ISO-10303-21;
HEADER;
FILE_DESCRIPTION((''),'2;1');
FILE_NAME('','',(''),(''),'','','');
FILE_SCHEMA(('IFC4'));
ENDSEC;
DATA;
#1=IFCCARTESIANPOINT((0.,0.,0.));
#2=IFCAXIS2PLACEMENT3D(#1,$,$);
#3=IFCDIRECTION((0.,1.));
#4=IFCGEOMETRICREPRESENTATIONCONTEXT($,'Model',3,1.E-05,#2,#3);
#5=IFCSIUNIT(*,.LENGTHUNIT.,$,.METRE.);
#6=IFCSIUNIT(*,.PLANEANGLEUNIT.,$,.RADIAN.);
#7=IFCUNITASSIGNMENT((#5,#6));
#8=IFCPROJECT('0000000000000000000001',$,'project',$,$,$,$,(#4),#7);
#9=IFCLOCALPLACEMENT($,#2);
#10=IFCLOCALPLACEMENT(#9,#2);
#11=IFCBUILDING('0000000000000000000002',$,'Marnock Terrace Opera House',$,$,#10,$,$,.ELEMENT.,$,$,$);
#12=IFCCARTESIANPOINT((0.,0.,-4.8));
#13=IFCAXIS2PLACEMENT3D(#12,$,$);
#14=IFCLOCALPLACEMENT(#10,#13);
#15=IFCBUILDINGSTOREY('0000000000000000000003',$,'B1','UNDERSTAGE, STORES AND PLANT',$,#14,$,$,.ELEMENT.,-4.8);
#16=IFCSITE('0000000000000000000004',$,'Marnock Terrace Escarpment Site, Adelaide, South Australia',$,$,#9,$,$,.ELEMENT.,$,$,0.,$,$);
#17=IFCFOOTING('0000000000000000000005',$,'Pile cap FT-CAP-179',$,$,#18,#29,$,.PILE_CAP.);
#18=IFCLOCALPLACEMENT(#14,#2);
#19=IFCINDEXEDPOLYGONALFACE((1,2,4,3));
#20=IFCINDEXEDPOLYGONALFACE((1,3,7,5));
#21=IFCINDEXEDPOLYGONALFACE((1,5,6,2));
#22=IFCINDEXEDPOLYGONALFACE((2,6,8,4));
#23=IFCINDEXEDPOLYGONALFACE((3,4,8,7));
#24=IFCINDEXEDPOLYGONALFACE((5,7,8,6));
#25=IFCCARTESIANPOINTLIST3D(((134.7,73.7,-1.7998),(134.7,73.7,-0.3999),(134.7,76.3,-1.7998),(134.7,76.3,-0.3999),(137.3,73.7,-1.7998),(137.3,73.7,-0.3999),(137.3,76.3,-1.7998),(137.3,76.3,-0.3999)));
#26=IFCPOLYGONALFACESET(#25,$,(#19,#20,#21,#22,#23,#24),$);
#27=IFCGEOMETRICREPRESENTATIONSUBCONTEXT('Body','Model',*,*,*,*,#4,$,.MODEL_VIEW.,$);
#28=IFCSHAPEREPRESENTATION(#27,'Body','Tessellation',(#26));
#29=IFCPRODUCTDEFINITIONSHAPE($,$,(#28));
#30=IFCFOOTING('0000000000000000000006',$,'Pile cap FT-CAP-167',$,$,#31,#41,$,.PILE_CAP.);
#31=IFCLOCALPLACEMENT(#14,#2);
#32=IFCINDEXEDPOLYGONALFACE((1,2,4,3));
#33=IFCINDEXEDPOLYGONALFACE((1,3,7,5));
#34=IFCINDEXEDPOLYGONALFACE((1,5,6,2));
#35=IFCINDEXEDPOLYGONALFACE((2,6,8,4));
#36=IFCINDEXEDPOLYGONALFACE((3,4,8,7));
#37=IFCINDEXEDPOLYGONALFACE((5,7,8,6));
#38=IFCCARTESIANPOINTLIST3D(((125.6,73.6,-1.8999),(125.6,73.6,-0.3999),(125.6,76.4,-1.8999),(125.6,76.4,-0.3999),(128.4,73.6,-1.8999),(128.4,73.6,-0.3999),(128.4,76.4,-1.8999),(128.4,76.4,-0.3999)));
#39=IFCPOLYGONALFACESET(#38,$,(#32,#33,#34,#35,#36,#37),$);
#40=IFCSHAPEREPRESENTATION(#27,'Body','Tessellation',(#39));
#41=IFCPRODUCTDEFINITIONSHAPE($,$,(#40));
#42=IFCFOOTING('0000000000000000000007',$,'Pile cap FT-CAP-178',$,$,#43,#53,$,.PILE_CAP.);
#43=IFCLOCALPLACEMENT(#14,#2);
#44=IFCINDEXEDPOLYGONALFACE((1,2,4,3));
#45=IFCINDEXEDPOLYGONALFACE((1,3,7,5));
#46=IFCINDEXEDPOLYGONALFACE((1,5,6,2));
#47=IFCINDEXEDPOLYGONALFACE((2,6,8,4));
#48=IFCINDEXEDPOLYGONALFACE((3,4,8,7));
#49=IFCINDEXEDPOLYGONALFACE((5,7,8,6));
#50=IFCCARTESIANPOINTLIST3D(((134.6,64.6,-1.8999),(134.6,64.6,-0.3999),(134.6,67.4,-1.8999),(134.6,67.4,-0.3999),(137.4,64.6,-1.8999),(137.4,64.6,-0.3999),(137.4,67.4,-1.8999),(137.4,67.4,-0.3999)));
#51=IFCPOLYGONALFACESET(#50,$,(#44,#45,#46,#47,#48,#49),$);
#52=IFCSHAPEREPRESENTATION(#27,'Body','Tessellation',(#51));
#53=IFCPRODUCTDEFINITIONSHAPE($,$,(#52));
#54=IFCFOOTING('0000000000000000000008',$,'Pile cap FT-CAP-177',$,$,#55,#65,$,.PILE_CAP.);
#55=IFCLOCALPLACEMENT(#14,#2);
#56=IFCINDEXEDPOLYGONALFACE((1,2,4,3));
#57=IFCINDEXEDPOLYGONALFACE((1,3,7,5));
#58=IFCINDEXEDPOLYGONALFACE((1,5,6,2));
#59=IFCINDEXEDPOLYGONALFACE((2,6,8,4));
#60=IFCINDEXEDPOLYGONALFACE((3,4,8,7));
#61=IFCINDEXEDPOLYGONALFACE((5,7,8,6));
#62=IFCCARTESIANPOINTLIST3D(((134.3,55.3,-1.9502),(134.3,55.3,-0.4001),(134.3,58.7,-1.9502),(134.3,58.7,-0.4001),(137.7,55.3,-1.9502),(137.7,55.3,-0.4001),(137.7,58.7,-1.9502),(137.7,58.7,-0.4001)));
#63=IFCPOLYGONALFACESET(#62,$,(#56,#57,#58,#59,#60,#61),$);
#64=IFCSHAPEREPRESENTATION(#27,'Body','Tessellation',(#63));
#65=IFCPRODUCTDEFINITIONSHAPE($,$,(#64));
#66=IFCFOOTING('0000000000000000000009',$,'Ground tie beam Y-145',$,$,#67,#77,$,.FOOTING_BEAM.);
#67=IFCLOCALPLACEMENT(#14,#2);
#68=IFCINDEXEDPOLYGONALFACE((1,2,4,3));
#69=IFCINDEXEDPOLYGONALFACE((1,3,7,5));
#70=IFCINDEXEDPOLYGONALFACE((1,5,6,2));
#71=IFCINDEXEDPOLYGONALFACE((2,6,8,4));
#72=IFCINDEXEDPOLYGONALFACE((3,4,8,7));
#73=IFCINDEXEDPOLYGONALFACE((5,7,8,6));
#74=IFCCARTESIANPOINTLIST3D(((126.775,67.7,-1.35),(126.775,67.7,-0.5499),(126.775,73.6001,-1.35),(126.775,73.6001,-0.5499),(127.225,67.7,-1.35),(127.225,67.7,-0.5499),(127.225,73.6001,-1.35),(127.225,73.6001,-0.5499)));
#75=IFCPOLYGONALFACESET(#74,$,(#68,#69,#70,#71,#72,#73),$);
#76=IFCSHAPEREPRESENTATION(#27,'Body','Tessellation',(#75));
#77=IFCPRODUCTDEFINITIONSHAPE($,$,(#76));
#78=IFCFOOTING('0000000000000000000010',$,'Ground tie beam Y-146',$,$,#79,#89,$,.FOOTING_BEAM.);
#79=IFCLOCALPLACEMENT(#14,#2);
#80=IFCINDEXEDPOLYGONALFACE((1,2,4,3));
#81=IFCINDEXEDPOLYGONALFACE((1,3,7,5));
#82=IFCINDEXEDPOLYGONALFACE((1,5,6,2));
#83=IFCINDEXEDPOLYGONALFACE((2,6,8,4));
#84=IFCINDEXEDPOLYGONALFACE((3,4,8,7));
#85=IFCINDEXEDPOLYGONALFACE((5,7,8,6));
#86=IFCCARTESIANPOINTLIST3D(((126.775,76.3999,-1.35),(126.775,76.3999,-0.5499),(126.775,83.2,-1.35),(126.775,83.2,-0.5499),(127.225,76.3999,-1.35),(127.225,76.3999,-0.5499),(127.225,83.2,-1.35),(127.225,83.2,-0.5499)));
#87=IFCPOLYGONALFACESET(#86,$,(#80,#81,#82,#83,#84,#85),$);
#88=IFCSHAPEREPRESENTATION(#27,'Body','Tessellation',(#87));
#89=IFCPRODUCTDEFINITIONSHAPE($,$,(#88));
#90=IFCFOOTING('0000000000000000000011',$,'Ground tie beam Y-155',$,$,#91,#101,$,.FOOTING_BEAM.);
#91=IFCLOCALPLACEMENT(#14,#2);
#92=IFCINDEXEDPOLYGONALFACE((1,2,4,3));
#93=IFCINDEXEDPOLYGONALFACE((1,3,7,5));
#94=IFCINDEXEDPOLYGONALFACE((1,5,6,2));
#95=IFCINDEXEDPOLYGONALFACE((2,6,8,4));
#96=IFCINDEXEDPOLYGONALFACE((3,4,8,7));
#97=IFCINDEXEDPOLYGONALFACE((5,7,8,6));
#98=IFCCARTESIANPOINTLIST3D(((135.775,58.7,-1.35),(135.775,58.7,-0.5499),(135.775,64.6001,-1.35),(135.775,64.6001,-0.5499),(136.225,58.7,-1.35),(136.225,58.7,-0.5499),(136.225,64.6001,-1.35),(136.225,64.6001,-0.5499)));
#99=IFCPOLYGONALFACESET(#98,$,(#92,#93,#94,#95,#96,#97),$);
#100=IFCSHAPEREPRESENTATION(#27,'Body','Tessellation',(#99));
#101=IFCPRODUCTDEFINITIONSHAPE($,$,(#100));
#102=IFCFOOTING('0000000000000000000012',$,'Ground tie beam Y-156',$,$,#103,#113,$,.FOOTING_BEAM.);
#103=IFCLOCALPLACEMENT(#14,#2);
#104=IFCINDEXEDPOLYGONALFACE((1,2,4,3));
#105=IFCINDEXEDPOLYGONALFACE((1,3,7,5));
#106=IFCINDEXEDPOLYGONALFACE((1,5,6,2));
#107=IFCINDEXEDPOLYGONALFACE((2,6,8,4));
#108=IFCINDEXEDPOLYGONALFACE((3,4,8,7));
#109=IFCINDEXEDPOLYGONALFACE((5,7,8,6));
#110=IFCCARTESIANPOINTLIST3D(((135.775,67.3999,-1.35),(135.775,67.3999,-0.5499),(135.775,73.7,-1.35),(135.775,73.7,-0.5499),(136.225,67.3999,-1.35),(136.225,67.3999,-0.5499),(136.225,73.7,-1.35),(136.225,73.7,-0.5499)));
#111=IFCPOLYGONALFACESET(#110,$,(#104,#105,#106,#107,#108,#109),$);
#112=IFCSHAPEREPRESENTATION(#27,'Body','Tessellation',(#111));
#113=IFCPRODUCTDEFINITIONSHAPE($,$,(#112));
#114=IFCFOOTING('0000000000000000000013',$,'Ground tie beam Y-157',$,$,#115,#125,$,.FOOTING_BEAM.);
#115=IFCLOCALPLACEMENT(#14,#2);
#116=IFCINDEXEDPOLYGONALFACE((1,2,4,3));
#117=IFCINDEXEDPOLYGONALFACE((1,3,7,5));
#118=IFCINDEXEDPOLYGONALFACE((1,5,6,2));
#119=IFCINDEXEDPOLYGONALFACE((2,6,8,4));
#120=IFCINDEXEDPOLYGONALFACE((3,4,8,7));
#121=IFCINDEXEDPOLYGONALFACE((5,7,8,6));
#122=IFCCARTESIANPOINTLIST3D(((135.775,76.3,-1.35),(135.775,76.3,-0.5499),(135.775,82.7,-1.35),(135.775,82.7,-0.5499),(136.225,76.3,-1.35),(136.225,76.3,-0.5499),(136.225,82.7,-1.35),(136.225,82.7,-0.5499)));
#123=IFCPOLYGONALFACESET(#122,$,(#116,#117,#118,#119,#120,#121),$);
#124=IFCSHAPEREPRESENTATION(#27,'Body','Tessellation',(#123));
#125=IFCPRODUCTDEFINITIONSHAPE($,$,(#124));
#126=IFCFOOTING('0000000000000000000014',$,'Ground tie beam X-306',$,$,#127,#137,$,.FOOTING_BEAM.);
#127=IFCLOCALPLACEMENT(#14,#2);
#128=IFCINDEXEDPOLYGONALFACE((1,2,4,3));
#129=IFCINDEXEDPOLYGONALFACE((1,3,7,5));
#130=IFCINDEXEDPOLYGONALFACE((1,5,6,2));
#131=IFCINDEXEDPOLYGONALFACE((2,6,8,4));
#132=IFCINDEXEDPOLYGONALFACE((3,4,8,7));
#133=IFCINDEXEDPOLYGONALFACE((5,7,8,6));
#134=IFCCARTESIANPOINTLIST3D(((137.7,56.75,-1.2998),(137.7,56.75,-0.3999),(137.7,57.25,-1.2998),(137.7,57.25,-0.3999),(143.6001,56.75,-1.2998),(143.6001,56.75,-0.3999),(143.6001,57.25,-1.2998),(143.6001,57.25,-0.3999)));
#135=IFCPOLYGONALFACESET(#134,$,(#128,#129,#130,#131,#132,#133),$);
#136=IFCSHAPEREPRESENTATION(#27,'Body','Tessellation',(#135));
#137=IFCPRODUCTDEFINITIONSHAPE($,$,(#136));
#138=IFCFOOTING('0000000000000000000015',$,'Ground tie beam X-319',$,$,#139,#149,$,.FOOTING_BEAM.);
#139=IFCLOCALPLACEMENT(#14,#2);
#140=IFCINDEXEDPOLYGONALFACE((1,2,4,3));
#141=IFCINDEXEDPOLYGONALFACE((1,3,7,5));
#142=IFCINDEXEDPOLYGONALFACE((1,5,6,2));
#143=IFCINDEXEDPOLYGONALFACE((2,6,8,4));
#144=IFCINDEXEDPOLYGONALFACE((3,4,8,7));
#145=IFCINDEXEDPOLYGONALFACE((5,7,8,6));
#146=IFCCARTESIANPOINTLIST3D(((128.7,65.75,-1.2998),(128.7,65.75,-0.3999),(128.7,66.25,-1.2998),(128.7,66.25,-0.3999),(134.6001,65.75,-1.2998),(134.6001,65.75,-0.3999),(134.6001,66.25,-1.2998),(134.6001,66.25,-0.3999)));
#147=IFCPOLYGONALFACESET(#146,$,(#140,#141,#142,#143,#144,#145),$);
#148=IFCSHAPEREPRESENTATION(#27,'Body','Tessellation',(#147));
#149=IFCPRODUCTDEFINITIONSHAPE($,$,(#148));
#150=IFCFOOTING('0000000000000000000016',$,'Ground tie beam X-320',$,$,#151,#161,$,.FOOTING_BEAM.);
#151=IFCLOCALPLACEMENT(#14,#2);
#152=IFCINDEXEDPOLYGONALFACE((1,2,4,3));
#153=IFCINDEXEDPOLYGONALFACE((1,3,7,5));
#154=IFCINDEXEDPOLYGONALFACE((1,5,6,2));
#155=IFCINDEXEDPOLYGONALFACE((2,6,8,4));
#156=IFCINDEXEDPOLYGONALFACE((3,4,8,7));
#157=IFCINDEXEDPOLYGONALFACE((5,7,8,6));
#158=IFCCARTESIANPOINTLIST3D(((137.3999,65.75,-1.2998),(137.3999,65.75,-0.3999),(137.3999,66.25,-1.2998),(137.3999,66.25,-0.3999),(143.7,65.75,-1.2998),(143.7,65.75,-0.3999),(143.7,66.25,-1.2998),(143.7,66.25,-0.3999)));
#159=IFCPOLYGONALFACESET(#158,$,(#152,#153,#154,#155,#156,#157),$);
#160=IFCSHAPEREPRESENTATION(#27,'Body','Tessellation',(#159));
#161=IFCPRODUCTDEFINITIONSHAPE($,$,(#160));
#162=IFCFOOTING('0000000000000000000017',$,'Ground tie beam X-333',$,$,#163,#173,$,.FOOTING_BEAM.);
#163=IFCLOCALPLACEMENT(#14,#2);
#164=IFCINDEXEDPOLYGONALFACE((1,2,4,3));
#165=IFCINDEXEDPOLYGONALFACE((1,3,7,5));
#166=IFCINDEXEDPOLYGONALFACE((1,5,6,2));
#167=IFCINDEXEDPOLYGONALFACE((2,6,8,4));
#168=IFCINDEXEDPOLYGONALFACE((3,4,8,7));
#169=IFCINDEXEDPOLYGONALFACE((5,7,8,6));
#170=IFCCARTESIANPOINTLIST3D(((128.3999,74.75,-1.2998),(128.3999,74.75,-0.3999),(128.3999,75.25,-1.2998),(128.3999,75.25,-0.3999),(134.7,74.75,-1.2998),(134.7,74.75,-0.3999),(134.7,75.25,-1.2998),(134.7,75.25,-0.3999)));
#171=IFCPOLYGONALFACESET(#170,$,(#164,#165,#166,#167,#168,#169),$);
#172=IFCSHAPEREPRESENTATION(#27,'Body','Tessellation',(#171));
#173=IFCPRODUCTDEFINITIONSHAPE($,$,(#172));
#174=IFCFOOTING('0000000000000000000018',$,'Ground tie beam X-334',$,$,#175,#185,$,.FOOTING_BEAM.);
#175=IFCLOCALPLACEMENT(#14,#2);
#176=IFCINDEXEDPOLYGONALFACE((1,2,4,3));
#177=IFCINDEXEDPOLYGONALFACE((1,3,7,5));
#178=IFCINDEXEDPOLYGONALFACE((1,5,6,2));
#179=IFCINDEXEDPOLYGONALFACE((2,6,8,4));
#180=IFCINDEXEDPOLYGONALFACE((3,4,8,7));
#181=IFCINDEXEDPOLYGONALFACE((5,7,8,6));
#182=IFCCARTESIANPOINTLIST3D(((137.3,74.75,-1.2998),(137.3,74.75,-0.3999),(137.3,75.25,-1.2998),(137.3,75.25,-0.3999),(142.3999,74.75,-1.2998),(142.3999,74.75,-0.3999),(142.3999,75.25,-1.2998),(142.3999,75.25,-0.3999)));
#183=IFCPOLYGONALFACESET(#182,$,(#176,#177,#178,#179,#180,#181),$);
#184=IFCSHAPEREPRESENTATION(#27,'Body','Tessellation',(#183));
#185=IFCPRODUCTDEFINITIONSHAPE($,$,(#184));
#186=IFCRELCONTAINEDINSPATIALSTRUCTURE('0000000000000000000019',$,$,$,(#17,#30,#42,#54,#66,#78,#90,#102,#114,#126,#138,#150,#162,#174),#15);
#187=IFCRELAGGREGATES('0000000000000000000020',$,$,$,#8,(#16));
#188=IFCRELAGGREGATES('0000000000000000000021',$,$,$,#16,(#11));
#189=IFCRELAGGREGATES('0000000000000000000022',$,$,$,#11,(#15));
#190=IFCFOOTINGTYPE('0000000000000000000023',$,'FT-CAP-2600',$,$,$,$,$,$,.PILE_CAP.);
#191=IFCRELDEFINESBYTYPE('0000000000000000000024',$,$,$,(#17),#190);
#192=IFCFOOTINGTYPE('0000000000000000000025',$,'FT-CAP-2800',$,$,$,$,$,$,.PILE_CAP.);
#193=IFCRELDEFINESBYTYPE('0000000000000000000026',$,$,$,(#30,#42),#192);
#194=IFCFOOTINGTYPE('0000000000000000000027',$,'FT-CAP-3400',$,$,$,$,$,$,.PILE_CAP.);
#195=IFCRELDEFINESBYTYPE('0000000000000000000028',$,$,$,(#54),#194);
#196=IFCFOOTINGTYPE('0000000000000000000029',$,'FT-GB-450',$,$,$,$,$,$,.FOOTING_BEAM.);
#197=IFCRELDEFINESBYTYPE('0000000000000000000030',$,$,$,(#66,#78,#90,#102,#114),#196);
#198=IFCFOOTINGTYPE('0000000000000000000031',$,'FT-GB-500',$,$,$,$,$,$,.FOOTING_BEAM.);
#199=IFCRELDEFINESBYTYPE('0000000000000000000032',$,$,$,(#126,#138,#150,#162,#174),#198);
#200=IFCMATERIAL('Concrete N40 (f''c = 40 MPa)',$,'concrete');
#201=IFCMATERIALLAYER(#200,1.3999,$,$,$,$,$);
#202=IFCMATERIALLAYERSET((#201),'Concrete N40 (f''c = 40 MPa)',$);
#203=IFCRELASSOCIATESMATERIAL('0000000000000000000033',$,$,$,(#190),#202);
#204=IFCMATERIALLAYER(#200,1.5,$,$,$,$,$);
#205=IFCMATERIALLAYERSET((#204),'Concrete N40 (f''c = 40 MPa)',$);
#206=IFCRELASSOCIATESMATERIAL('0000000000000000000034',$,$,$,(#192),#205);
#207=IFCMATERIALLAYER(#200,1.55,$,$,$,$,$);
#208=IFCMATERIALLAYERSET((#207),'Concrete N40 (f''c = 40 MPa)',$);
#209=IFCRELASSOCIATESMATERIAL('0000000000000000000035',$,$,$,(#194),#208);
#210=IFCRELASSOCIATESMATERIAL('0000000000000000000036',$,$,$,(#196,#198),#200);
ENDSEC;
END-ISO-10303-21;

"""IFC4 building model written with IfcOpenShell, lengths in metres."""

from ifc_helpers import new_model, si_unit, direction, frame, origin, origin_2d, place, context, subcontext, project, spatial, rectangle, extrude, material, layer, layer_set, material_profile, profile_set, type_object, element, save


model = new_model("IFC4")

# Units and contexts
model_context = context("Model", 3, precision=1e-05, world=origin(), true_north=direction((0.0, 1.0)))
body_context = subcontext(model_context, "Body", "Model", "MODEL_VIEW")
ifc_project = project(units=[si_unit("LENGTHUNIT", "METRE"), si_unit("PLANEANGLEUNIT", "RADIAN")], contexts=[model_context])

# Site, building, storey
site_placement = place(None, origin())
site = spatial("IfcSite", under=ifc_project, at=site_placement, Name="Marnock Terrace Escarpment Site, Adelaide, South Australia", CompositionType="ELEMENT", RefElevation=0.0)
building_placement = place(site_placement, origin())
building = spatial("IfcBuilding", under=site, at=building_placement, Name="Marnock Terrace Opera House", CompositionType="ELEMENT")
storey_placement = place(building_placement, frame((0.0, 0.0, -4.8)))
storey = spatial("IfcBuildingStorey", under=building, at=storey_placement, Name="B1", Description="UNDERSTAGE, STORES AND PLANT", CompositionType="ELEMENT", Elevation=-4.8)

# Footings
ifc_material_1 = material(Name="Concrete N40 (f'c = 40 MPa)", Category="concrete")
ifc_layer_1 = layer(ifc_material_1, 1.3999)
ifc_layer_set_1 = layer_set([ifc_layer_1], Name="Concrete N40 (f'c = 40 MPa)")
footing_type_1 = type_object("IfcFootingType", Name="FT-CAP-2600", PredefinedType="PILE_CAP", material=ifc_layer_set_1)
footing_1_placement = place(storey_placement, frame((136.0, 75.0, -1.7998), z_axis=(0.0, 0.0, 1.0), x_axis=(1.0, 0.0, 0.0)))
element("IfcFooting", 1, at=footing_1_placement, inside=storey, type_object=footing_type_1, Name="Pile cap FT-CAP-179", PredefinedType="PILE_CAP", context=body_context, shape_type="SweptSolid", body=[
    extrude(rectangle(XDim=2.6001, YDim=2.6001, at=origin_2d()), origin(), (0.0, 0.0, 1.0), 1.3999),
])
ifc_layer_2 = layer(ifc_material_1, 1.5)
ifc_layer_set_2 = layer_set([ifc_layer_2], Name="Concrete N40 (f'c = 40 MPa)")
footing_type_2 = type_object("IfcFootingType", Name="FT-CAP-2800", PredefinedType="PILE_CAP", material=ifc_layer_set_2)
for number, where, z_axis, x_axis, name in (
    (2, (127.0, 75.0, -1.8999), (0.0, 0.0, 1.0), (1.0, 0.0, 0.0), "Pile cap FT-CAP-167"),
    (3, (136.0, 66.0, -1.8999), (0.0, 0.0, 1.0), (1.0, 0.0, 0.0), "Pile cap FT-CAP-178"),
):
    element("IfcFooting", number, at=place(storey_placement, frame(where, z_axis=z_axis, x_axis=x_axis)), inside=storey, type_object=footing_type_2, Name=name, PredefinedType="PILE_CAP", context=body_context, shape_type="SweptSolid", body=[
        extrude(rectangle(XDim=2.8, YDim=2.8, at=origin_2d()), origin(), (0.0, 0.0, 1.0), 1.5),
    ])
ifc_layer_3 = layer(ifc_material_1, 1.55)
ifc_layer_set_3 = layer_set([ifc_layer_3], Name="Concrete N40 (f'c = 40 MPa)")
footing_type_3 = type_object("IfcFootingType", Name="FT-CAP-3400", PredefinedType="PILE_CAP", material=ifc_layer_set_3)
footing_2_placement = place(storey_placement, frame((136.0, 57.0, -1.9502), z_axis=(0.0, 0.0, 1.0), x_axis=(1.0, 0.0, 0.0)))
element("IfcFooting", 4, at=footing_2_placement, inside=storey, type_object=footing_type_3, Name="Pile cap FT-CAP-177", PredefinedType="PILE_CAP", context=body_context, shape_type="SweptSolid", body=[
    extrude(rectangle(XDim=3.3999, YDim=3.3999, at=origin_2d()), origin(), (0.0, 0.0, 1.0), 1.55),
])
ifc_material_profile_1 = material_profile(ifc_material_1, rectangle(XDim=0.45, YDim=0.8, at=origin_2d()))
ifc_profile_set_1 = profile_set([ifc_material_profile_1], Name="Concrete N40 (f'c = 40 MPa)")
footing_type_4 = type_object("IfcFootingType", Name="FT-GB-450", PredefinedType="FOOTING_BEAM", material=ifc_profile_set_1)
footing_3_placement = place(storey_placement, frame((127.0, 67.7, -0.95), z_axis=(0.0, 1.0, 0.0), x_axis=(-1.0, 0.0, 0.0)))
element("IfcFooting", 5, at=footing_3_placement, inside=storey, type_object=footing_type_4, Name="Ground tie beam Y-145", PredefinedType="FOOTING_BEAM", context=body_context, shape_type="SweptSolid", body=[
    extrude(rectangle(XDim=0.45, YDim=0.8, at=origin_2d()), origin(), (0.0, 0.0, 1.0), 5.9001),
])
footing_4_placement = place(storey_placement, frame((127.0, 76.3999, -0.95), z_axis=(0.0, 1.0, 0.0), x_axis=(-1.0, 0.0, 0.0)))
element("IfcFooting", 6, at=footing_4_placement, inside=storey, type_object=footing_type_4, Name="Ground tie beam Y-146", PredefinedType="FOOTING_BEAM", context=body_context, shape_type="SweptSolid", body=[
    extrude(rectangle(XDim=0.45, YDim=0.8, at=origin_2d()), origin(), (0.0, 0.0, 1.0), 6.8),
])
footing_5_placement = place(storey_placement, frame((136.0, 58.7, -0.95), z_axis=(0.0, 1.0, 0.0), x_axis=(-1.0, 0.0, 0.0)))
element("IfcFooting", 7, at=footing_5_placement, inside=storey, type_object=footing_type_4, Name="Ground tie beam Y-155", PredefinedType="FOOTING_BEAM", context=body_context, shape_type="SweptSolid", body=[
    extrude(rectangle(XDim=0.45, YDim=0.8, at=origin_2d()), origin(), (0.0, 0.0, 1.0), 5.9001),
])
footing_6_placement = place(storey_placement, frame((136.0, 67.3999, -0.95), z_axis=(0.0, 1.0, 0.0), x_axis=(-1.0, 0.0, 0.0)))
element("IfcFooting", 8, at=footing_6_placement, inside=storey, type_object=footing_type_4, Name="Ground tie beam Y-156", PredefinedType="FOOTING_BEAM", context=body_context, shape_type="SweptSolid", body=[
    extrude(rectangle(XDim=0.45, YDim=0.8, at=origin_2d()), origin(), (0.0, 0.0, 1.0), 6.3),
])
footing_7_placement = place(storey_placement, frame((136.0, 76.3, -0.95), z_axis=(0.0, 1.0, 0.0), x_axis=(-1.0, 0.0, 0.0)))
element("IfcFooting", 9, at=footing_7_placement, inside=storey, type_object=footing_type_4, Name="Ground tie beam Y-157", PredefinedType="FOOTING_BEAM", context=body_context, shape_type="SweptSolid", body=[
    extrude(rectangle(XDim=0.45, YDim=0.8, at=origin_2d()), origin(), (0.0, 0.0, 1.0), 6.3999),
])
ifc_material_profile_2 = material_profile(ifc_material_1, rectangle(XDim=0.5, YDim=0.8999, at=origin_2d()))
ifc_profile_set_2 = profile_set([ifc_material_profile_2], Name="Concrete N40 (f'c = 40 MPa)")
footing_type_5 = type_object("IfcFootingType", Name="FT-GB-500", PredefinedType="FOOTING_BEAM", material=ifc_profile_set_2)
for number, where, z_axis, x_axis, name in (
    (10, (137.7, 57.0, -0.8499), (1.0, 0.0, 0.0), (0.0, 1.0, 0.0), "Ground tie beam X-306"),
    (11, (128.7, 66.0, -0.8499), (1.0, 0.0, 0.0), (0.0, 1.0, 0.0), "Ground tie beam X-319"),
):
    element("IfcFooting", number, at=place(storey_placement, frame(where, z_axis=z_axis, x_axis=x_axis)), inside=storey, type_object=footing_type_5, Name=name, PredefinedType="FOOTING_BEAM", context=body_context, shape_type="SweptSolid", body=[
        extrude(rectangle(XDim=0.5, YDim=0.8999, at=origin_2d()), origin(), (0.0, 0.0, 1.0), 5.9001),
    ])
for number, where, z_axis, x_axis, name in (
    (12, (137.3999, 66.0, -0.8499), (1.0, 0.0, 0.0), (0.0, 1.0, 0.0), "Ground tie beam X-320"),
    (13, (128.3999, 75.0, -0.8499), (1.0, 0.0, 0.0), (0.0, 1.0, 0.0), "Ground tie beam X-333"),
):
    element("IfcFooting", number, at=place(storey_placement, frame(where, z_axis=z_axis, x_axis=x_axis)), inside=storey, type_object=footing_type_5, Name=name, PredefinedType="FOOTING_BEAM", context=body_context, shape_type="SweptSolid", body=[
        extrude(rectangle(XDim=0.5, YDim=0.8999, at=origin_2d()), origin(), (0.0, 0.0, 1.0), 6.3),
    ])
footing_8_placement = place(storey_placement, frame((137.3, 75.0, -0.8499), z_axis=(1.0, 0.0, 0.0), x_axis=(0.0, 1.0, 0.0)))
element("IfcFooting", 14, at=footing_8_placement, inside=storey, type_object=footing_type_5, Name="Ground tie beam X-334", PredefinedType="FOOTING_BEAM", context=body_context, shape_type="SweptSolid", body=[
    extrude(rectangle(XDim=0.5, YDim=0.8999, at=origin_2d()), origin(), (0.0, 0.0, 1.0), 5.0999),
])

save(model, "model.ifc")
